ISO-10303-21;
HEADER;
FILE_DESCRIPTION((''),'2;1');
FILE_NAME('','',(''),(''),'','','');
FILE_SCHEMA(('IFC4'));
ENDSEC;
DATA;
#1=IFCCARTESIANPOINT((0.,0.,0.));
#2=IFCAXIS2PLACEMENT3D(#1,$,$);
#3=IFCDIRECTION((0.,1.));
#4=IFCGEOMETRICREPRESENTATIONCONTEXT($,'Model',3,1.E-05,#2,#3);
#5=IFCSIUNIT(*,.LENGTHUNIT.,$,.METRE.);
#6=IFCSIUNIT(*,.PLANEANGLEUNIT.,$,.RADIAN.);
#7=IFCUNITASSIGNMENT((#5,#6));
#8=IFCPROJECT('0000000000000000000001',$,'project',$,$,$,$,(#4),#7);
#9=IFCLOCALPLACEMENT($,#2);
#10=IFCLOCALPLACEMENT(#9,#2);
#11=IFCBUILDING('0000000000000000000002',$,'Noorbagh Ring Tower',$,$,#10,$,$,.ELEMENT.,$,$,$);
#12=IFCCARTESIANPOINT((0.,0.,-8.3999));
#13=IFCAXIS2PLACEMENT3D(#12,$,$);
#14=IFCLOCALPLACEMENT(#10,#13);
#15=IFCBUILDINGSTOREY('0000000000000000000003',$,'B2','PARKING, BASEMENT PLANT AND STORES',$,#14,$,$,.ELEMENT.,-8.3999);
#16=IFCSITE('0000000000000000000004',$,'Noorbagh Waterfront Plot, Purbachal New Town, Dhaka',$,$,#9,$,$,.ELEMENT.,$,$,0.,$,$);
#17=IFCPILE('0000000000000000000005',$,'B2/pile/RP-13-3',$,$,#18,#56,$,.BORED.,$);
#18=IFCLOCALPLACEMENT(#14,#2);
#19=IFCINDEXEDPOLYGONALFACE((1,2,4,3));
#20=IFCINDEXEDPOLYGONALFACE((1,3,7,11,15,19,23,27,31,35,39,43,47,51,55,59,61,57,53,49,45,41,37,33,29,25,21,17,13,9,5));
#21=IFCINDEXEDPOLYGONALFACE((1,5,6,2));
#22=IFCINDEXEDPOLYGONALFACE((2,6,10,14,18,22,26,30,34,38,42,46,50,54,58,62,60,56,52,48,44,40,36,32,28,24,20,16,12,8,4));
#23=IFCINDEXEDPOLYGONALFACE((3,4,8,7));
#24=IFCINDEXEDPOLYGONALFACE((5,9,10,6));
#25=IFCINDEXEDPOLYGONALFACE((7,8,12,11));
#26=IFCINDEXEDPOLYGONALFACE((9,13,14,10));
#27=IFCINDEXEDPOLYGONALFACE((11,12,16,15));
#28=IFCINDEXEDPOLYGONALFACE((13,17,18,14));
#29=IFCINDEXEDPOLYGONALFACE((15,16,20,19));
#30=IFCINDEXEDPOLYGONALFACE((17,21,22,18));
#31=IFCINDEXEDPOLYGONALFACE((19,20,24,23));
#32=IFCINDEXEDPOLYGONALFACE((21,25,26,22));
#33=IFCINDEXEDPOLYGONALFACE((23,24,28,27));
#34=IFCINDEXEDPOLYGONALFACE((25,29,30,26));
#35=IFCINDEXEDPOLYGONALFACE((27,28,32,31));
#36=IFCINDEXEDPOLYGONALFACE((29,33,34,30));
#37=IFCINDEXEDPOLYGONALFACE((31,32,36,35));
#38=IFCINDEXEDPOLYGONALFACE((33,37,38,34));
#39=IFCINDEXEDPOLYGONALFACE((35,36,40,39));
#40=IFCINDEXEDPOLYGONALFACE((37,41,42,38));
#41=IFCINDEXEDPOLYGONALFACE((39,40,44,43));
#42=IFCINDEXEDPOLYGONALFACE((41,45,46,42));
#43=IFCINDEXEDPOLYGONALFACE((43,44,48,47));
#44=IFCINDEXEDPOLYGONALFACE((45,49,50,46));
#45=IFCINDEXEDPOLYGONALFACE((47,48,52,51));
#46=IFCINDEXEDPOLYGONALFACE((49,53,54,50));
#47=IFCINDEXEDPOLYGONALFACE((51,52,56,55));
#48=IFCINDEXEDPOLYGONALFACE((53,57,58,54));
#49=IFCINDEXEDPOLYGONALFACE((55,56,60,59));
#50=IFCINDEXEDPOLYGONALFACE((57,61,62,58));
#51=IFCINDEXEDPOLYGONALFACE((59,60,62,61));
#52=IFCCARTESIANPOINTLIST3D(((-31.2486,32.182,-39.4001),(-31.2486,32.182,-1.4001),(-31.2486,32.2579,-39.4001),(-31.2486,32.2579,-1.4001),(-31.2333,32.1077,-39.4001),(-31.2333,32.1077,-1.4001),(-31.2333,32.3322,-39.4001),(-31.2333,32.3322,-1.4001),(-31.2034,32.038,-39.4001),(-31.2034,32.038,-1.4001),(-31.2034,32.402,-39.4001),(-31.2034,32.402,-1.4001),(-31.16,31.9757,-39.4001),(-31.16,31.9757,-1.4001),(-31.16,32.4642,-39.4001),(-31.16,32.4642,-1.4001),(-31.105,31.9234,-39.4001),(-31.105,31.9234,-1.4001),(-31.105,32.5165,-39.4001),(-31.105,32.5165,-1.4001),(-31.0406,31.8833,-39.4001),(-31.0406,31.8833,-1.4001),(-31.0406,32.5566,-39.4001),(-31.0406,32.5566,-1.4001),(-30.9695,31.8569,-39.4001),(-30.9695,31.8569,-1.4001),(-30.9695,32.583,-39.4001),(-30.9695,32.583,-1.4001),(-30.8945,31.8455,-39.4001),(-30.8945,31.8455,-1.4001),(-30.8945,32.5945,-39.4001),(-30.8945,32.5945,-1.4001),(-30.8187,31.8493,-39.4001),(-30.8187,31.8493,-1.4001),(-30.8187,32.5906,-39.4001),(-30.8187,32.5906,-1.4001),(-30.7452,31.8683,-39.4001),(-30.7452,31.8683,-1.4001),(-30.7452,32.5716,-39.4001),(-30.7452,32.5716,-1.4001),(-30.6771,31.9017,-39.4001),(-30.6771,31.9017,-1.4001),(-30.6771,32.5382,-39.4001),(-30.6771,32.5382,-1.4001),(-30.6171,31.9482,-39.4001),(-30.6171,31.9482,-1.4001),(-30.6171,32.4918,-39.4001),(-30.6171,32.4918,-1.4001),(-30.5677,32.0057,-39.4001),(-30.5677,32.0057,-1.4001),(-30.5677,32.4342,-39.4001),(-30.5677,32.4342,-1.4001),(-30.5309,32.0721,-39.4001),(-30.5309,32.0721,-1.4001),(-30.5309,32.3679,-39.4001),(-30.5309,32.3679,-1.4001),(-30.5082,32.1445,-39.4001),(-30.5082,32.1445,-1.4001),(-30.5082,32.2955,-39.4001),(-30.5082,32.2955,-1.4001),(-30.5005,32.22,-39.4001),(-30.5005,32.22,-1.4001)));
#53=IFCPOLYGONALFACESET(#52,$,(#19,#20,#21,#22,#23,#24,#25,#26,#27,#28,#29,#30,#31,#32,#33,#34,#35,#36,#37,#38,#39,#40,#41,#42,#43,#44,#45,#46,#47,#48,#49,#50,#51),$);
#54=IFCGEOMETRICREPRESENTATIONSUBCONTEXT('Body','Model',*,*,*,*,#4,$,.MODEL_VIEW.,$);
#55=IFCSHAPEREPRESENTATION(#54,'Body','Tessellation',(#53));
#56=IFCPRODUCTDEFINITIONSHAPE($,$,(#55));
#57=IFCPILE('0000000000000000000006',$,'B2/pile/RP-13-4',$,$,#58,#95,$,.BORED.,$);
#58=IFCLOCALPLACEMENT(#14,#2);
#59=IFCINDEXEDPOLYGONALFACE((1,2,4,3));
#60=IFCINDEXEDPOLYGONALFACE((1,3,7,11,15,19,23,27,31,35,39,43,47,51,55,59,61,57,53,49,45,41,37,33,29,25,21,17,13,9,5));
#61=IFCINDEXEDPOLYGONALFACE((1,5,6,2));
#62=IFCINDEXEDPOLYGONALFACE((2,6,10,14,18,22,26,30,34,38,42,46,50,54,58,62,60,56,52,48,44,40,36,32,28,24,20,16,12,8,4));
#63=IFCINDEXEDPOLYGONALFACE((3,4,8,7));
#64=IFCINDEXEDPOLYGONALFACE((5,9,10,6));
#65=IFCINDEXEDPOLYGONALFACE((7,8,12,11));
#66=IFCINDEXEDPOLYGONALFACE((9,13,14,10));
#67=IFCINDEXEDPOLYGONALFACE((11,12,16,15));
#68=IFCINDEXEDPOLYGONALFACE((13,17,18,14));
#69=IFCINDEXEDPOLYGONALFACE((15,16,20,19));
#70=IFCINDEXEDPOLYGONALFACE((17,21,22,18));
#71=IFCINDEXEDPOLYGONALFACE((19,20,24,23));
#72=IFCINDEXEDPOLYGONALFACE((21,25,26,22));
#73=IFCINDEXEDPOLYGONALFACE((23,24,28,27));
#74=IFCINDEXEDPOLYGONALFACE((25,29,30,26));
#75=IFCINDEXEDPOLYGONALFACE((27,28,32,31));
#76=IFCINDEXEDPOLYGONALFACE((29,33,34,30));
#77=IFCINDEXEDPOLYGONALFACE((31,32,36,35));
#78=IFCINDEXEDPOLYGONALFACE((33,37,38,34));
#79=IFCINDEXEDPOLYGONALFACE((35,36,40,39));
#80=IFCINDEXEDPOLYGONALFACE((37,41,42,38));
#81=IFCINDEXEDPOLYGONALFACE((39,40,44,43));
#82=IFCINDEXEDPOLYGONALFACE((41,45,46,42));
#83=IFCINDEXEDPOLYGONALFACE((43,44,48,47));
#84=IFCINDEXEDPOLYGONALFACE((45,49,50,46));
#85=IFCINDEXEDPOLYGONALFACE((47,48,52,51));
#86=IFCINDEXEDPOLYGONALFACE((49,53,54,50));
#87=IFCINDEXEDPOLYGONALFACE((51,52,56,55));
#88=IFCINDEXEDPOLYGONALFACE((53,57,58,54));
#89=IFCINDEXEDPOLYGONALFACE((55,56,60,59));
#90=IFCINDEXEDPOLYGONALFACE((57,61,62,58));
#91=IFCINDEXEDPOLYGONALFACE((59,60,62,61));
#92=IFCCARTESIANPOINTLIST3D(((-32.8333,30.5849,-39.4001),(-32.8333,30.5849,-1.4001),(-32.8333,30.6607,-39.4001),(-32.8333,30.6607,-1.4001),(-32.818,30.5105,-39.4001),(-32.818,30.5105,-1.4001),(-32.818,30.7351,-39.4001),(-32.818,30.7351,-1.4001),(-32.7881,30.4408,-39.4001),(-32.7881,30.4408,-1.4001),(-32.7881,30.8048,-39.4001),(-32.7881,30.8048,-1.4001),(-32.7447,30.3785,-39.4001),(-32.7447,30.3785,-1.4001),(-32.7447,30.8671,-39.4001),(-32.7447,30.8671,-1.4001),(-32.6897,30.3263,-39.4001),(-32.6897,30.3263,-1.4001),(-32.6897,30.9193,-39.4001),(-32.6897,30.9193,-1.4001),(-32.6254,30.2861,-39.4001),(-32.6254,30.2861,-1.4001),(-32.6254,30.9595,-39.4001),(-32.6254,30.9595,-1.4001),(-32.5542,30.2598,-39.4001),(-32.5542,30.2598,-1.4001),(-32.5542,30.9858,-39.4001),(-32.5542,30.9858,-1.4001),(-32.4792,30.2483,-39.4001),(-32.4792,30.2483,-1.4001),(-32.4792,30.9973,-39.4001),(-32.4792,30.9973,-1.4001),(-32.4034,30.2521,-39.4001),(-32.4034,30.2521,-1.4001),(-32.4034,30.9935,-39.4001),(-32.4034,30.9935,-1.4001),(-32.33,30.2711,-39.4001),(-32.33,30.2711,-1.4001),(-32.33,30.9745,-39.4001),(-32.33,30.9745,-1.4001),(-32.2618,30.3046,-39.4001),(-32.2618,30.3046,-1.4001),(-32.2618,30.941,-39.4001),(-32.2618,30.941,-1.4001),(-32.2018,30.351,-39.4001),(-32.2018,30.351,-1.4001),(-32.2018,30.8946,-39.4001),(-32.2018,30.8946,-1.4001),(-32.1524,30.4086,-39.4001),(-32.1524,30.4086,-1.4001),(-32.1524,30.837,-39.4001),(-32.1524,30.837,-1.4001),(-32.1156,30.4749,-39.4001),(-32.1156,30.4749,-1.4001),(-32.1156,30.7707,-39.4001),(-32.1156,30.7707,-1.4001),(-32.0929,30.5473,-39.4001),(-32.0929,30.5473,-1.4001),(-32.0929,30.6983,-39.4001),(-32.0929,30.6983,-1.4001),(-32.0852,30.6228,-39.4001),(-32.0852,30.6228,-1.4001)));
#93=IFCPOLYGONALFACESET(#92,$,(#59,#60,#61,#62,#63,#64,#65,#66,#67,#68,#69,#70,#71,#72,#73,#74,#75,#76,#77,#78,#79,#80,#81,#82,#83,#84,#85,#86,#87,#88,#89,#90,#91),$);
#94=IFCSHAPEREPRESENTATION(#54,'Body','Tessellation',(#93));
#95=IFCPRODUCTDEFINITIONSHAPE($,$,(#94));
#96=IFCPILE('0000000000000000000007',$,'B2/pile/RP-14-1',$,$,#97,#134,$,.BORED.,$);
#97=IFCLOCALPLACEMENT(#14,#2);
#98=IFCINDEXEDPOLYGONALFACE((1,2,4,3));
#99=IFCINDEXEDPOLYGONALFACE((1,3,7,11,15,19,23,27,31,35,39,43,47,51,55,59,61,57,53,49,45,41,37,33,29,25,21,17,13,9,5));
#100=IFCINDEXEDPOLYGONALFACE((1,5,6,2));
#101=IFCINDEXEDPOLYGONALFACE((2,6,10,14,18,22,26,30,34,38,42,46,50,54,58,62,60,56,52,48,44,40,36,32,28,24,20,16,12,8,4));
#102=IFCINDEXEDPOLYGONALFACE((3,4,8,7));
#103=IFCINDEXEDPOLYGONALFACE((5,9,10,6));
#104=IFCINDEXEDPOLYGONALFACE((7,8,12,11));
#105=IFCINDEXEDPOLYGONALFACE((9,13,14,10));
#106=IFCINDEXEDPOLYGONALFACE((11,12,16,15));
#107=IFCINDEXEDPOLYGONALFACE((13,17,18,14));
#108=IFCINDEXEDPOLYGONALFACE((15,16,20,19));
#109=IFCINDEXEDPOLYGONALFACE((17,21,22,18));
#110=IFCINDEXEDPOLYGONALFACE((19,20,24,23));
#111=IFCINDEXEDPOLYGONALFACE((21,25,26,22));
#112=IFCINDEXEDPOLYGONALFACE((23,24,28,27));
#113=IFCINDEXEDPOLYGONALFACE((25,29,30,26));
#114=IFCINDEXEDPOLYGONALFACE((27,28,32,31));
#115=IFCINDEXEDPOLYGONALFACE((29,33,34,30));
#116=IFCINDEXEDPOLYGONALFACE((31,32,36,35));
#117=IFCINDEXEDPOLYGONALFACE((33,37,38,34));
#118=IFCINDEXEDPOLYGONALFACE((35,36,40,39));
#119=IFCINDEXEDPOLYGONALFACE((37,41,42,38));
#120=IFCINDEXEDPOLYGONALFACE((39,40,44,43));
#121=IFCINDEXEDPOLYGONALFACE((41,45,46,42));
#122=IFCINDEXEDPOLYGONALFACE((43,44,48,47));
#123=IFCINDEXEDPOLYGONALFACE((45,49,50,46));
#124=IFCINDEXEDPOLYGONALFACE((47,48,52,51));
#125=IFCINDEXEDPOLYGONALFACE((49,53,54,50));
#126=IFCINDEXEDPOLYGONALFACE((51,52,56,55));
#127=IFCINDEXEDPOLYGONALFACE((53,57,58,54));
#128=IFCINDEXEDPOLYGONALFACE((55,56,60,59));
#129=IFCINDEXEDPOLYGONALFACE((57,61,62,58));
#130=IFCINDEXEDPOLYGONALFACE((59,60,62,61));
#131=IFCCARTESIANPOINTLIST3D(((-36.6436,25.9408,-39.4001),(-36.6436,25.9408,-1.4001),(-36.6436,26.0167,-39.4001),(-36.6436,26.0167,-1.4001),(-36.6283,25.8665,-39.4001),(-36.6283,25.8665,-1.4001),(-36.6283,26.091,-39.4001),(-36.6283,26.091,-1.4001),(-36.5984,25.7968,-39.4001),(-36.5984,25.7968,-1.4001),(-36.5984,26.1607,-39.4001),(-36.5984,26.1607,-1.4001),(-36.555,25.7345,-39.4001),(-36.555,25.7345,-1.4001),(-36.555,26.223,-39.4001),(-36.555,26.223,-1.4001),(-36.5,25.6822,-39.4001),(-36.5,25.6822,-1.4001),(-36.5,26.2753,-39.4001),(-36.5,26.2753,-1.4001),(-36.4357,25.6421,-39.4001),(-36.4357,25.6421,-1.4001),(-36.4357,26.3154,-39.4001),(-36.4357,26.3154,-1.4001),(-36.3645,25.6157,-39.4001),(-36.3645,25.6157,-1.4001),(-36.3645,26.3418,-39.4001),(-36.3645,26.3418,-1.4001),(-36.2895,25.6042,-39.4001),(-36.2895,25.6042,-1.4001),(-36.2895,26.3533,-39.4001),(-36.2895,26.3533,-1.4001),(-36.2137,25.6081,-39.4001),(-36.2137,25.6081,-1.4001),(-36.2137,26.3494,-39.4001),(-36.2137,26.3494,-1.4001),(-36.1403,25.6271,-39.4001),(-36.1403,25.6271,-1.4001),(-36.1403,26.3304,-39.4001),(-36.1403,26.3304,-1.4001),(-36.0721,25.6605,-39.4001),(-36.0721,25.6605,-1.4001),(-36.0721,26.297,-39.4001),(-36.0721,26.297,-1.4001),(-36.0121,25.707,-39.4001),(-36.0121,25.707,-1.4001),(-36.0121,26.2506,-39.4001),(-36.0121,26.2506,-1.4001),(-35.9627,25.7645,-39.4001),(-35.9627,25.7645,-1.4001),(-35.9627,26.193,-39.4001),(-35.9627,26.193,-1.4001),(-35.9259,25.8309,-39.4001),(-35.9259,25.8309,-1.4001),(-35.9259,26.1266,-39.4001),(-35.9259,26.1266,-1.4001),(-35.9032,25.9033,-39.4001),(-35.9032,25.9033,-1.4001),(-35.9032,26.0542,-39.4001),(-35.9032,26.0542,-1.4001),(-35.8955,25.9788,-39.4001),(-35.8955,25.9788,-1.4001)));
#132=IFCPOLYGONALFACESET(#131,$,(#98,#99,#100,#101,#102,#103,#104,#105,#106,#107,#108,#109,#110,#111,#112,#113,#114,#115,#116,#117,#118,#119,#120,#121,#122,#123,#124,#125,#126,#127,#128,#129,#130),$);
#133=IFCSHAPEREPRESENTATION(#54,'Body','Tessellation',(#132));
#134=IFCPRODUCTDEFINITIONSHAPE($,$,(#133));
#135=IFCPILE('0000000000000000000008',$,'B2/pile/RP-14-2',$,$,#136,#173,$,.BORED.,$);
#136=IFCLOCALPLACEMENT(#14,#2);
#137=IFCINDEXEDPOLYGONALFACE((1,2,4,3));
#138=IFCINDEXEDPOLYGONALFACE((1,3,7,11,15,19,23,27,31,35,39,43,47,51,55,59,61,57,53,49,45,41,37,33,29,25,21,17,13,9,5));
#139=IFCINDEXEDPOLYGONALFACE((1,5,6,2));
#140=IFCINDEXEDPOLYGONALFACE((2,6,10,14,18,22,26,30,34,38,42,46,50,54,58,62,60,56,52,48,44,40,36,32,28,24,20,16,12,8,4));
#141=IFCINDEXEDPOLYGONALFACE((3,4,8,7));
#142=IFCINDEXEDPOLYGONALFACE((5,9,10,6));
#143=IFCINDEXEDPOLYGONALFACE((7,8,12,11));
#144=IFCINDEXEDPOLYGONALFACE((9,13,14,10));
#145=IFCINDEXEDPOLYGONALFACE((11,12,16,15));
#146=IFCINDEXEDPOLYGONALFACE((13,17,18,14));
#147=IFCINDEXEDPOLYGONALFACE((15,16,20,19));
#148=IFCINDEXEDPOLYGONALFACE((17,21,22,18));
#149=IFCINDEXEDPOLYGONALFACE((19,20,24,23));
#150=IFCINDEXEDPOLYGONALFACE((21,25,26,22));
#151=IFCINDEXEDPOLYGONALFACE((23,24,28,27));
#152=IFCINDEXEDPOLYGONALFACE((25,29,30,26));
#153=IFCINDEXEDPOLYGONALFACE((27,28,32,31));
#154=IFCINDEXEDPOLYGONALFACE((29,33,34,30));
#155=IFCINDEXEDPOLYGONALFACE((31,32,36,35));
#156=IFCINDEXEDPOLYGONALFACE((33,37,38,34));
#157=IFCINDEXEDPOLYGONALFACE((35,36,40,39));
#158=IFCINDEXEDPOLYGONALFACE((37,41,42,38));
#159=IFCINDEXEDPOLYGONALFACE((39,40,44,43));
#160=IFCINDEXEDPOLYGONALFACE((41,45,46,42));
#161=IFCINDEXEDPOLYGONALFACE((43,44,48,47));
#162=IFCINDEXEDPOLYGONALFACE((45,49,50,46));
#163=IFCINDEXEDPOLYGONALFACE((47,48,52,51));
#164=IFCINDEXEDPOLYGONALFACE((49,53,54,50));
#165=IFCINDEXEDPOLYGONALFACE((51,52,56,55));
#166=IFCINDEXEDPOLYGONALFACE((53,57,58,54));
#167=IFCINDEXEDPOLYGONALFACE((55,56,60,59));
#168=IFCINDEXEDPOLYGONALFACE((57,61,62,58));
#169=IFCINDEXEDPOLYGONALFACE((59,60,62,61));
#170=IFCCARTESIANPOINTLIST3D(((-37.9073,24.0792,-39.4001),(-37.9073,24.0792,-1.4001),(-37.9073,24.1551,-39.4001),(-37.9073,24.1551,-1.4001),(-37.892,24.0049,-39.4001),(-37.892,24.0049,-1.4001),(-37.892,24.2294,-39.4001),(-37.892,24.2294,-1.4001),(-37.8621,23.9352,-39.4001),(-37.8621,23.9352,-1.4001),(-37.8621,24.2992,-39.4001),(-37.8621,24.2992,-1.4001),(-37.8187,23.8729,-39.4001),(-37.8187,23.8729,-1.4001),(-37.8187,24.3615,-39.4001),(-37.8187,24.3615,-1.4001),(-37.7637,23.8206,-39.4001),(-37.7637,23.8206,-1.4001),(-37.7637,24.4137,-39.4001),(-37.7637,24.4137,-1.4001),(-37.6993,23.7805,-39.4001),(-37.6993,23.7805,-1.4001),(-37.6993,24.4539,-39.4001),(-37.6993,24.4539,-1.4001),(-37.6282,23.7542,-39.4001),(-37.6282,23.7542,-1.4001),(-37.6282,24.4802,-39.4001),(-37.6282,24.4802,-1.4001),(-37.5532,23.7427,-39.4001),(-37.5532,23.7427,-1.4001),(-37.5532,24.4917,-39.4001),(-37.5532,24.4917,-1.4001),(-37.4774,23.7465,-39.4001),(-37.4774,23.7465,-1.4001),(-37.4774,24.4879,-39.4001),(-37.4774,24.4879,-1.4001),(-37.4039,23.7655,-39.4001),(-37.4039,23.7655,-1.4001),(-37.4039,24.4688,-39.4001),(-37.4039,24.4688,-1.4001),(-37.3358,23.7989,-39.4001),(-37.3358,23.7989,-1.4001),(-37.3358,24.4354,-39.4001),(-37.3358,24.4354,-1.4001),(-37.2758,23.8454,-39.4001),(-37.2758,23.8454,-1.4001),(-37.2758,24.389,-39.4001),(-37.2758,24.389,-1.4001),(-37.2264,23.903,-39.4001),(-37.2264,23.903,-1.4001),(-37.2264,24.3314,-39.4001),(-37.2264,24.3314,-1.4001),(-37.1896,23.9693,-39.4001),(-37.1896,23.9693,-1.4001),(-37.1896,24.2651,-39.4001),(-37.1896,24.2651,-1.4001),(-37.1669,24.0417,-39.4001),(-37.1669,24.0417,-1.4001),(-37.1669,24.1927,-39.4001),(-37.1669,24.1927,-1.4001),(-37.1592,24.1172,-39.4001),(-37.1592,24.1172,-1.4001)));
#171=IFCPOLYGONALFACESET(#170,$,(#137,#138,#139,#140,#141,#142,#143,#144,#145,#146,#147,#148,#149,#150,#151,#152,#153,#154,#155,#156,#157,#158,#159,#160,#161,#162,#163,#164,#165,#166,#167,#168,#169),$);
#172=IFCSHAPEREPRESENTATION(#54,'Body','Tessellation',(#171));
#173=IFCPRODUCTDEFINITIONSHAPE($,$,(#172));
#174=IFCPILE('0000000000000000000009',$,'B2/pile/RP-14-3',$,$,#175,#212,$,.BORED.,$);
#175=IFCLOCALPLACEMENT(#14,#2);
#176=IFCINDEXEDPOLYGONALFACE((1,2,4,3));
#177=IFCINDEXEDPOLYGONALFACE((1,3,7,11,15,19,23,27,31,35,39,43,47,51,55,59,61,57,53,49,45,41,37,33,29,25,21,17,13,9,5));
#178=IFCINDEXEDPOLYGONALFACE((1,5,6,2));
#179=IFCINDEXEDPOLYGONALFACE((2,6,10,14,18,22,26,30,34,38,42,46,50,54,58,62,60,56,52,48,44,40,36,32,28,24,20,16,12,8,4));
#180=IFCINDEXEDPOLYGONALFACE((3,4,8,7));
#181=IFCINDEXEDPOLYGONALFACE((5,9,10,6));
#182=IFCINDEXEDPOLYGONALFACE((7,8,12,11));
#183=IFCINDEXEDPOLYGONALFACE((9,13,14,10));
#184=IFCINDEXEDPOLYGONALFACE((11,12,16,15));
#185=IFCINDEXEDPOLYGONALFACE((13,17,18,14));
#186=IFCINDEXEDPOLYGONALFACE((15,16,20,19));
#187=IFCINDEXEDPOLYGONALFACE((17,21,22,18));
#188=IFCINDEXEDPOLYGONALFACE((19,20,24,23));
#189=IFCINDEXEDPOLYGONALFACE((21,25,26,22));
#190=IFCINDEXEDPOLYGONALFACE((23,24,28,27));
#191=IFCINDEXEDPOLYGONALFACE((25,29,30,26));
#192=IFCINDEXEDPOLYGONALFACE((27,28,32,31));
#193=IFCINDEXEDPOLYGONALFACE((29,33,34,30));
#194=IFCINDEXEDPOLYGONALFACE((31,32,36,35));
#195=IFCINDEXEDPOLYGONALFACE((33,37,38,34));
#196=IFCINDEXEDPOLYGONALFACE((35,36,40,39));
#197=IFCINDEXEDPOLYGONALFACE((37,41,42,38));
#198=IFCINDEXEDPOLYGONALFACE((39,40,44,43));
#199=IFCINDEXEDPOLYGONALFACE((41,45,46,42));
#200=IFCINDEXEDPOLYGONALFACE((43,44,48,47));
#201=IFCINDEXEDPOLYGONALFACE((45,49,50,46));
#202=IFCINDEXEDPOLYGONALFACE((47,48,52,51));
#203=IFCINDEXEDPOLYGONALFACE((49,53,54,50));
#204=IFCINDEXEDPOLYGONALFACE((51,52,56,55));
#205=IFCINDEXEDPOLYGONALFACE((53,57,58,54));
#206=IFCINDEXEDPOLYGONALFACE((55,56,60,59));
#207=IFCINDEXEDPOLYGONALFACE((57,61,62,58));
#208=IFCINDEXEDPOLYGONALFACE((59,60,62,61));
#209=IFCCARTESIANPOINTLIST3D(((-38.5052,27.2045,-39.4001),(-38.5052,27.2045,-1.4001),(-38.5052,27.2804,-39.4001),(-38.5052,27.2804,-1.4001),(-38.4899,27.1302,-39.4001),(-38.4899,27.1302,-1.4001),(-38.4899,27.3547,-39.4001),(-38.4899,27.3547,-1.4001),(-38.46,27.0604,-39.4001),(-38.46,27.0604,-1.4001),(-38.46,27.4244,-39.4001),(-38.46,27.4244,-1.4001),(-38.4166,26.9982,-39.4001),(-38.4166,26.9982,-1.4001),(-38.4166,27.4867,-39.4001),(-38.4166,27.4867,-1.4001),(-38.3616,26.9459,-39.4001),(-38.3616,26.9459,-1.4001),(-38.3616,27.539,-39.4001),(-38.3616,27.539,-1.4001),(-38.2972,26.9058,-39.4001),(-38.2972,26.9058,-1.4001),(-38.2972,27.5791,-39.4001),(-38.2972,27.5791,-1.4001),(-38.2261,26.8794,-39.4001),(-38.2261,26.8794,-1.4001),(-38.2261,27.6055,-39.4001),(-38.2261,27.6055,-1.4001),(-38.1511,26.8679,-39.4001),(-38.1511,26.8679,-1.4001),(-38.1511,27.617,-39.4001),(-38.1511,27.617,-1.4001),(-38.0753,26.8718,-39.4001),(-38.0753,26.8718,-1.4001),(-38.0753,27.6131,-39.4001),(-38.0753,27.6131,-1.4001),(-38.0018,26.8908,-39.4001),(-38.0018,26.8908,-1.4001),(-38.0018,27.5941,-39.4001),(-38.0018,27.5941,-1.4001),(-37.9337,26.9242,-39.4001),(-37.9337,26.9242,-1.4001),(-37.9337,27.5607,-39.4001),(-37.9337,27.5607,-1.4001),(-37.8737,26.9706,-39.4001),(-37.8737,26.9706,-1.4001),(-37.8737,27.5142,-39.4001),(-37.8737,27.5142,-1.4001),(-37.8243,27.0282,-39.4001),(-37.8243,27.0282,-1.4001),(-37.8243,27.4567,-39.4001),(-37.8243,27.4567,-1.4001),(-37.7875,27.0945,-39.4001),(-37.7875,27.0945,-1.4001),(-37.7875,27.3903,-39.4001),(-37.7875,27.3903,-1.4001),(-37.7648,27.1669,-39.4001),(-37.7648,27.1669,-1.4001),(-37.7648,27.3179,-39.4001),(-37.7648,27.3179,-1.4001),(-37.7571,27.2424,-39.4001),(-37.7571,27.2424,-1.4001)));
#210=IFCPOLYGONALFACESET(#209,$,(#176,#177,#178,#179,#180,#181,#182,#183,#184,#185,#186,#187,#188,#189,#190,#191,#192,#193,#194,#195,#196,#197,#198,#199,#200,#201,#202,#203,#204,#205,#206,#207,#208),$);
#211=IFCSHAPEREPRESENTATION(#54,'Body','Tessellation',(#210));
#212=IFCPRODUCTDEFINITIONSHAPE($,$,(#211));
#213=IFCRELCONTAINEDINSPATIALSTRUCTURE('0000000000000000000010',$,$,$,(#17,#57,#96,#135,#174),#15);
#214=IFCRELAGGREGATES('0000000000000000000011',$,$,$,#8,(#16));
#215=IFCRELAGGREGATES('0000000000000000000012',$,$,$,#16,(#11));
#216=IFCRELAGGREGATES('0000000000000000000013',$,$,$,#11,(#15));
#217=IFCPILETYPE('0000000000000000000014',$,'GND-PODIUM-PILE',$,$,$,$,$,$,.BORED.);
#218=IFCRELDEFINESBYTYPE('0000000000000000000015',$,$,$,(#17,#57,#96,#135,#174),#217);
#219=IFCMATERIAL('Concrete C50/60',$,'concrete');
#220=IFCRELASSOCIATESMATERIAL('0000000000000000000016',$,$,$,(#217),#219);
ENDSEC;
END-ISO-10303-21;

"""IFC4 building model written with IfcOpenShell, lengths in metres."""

from ifc_helpers import new_model, si_unit, direction, frame, origin, origin_2d, place, context, subcontext, project, spatial, circle, extrude, material, material_profile, profile_set, type_object, element, save


model = new_model("IFC4")

# Units and contexts
model_context = context("Model", 3, precision=1e-05, world=origin(), true_north=direction((0.0, 1.0)))
body_context = subcontext(model_context, "Body", "Model", "MODEL_VIEW")
ifc_project = project(units=[si_unit("LENGTHUNIT", "METRE"), si_unit("PLANEANGLEUNIT", "RADIAN")], contexts=[model_context])

# Site, building, storey
site_placement = place(None, origin())
site = spatial("IfcSite", under=ifc_project, at=site_placement, Name="Noorbagh Waterfront Plot, Purbachal New Town, Dhaka", CompositionType="ELEMENT", RefElevation=0.0)
building_placement = place(site_placement, origin())
building = spatial("IfcBuilding", under=site, at=building_placement, Name="Noorbagh Ring Tower", CompositionType="ELEMENT")
storey_placement = place(building_placement, frame((0.0, 0.0, -8.3999)))
storey = spatial("IfcBuildingStorey", under=building, at=storey_placement, Name="B2", Description="PARKING, BASEMENT PLANT AND STORES", CompositionType="ELEMENT", Elevation=-8.3999)

# Piles
ifc_material_1 = material(Name="Concrete C50/60", Category="concrete")
ifc_material_profile_1 = material_profile(ifc_material_1, circle(Radius=0.375, at=origin_2d()), Name="PILE750")
ifc_profile_set_1 = profile_set([ifc_material_profile_1], Name="Concrete C50/60")
pile_type = type_object("IfcPileType", Name="GND-PODIUM-PILE", PredefinedType="BORED", material=ifc_profile_set_1)
for number, where, z_axis, x_axis, name in (
    (1, (-30.8755, 32.22, -1.4001), (0.0, 0.0, -1.0), (1.0, 0.0, 0.0), "B2/pile/RP-13-3"),
    (2, (-32.4602, 30.6228, -1.4001), (0.0, 0.0, -1.0), (1.0, 0.0, 0.0), "B2/pile/RP-13-4"),
    (3, (-36.2705, 25.9788, -1.4001), (0.0, 0.0, -1.0), (1.0, 0.0, 0.0), "B2/pile/RP-14-1"),
    (4, (-37.5342, 24.1172, -1.4001), (0.0, 0.0, -1.0), (1.0, 0.0, 0.0), "B2/pile/RP-14-2"),
    (5, (-38.1321, 27.2424, -1.4001), (0.0, 0.0, -1.0), (1.0, 0.0, 0.0), "B2/pile/RP-14-3"),
):
    element("IfcPile", number, at=place(storey_placement, frame(where, z_axis=z_axis, x_axis=x_axis)), inside=storey, type_object=pile_type, Name=name, PredefinedType="BORED", context=body_context, shape_type="SweptSolid", body=[
        extrude(circle(Radius=0.375, at=origin_2d()), origin(), (0.0, 0.0, 1.0), 38.0),
    ])

save(model, "model.ifc")
